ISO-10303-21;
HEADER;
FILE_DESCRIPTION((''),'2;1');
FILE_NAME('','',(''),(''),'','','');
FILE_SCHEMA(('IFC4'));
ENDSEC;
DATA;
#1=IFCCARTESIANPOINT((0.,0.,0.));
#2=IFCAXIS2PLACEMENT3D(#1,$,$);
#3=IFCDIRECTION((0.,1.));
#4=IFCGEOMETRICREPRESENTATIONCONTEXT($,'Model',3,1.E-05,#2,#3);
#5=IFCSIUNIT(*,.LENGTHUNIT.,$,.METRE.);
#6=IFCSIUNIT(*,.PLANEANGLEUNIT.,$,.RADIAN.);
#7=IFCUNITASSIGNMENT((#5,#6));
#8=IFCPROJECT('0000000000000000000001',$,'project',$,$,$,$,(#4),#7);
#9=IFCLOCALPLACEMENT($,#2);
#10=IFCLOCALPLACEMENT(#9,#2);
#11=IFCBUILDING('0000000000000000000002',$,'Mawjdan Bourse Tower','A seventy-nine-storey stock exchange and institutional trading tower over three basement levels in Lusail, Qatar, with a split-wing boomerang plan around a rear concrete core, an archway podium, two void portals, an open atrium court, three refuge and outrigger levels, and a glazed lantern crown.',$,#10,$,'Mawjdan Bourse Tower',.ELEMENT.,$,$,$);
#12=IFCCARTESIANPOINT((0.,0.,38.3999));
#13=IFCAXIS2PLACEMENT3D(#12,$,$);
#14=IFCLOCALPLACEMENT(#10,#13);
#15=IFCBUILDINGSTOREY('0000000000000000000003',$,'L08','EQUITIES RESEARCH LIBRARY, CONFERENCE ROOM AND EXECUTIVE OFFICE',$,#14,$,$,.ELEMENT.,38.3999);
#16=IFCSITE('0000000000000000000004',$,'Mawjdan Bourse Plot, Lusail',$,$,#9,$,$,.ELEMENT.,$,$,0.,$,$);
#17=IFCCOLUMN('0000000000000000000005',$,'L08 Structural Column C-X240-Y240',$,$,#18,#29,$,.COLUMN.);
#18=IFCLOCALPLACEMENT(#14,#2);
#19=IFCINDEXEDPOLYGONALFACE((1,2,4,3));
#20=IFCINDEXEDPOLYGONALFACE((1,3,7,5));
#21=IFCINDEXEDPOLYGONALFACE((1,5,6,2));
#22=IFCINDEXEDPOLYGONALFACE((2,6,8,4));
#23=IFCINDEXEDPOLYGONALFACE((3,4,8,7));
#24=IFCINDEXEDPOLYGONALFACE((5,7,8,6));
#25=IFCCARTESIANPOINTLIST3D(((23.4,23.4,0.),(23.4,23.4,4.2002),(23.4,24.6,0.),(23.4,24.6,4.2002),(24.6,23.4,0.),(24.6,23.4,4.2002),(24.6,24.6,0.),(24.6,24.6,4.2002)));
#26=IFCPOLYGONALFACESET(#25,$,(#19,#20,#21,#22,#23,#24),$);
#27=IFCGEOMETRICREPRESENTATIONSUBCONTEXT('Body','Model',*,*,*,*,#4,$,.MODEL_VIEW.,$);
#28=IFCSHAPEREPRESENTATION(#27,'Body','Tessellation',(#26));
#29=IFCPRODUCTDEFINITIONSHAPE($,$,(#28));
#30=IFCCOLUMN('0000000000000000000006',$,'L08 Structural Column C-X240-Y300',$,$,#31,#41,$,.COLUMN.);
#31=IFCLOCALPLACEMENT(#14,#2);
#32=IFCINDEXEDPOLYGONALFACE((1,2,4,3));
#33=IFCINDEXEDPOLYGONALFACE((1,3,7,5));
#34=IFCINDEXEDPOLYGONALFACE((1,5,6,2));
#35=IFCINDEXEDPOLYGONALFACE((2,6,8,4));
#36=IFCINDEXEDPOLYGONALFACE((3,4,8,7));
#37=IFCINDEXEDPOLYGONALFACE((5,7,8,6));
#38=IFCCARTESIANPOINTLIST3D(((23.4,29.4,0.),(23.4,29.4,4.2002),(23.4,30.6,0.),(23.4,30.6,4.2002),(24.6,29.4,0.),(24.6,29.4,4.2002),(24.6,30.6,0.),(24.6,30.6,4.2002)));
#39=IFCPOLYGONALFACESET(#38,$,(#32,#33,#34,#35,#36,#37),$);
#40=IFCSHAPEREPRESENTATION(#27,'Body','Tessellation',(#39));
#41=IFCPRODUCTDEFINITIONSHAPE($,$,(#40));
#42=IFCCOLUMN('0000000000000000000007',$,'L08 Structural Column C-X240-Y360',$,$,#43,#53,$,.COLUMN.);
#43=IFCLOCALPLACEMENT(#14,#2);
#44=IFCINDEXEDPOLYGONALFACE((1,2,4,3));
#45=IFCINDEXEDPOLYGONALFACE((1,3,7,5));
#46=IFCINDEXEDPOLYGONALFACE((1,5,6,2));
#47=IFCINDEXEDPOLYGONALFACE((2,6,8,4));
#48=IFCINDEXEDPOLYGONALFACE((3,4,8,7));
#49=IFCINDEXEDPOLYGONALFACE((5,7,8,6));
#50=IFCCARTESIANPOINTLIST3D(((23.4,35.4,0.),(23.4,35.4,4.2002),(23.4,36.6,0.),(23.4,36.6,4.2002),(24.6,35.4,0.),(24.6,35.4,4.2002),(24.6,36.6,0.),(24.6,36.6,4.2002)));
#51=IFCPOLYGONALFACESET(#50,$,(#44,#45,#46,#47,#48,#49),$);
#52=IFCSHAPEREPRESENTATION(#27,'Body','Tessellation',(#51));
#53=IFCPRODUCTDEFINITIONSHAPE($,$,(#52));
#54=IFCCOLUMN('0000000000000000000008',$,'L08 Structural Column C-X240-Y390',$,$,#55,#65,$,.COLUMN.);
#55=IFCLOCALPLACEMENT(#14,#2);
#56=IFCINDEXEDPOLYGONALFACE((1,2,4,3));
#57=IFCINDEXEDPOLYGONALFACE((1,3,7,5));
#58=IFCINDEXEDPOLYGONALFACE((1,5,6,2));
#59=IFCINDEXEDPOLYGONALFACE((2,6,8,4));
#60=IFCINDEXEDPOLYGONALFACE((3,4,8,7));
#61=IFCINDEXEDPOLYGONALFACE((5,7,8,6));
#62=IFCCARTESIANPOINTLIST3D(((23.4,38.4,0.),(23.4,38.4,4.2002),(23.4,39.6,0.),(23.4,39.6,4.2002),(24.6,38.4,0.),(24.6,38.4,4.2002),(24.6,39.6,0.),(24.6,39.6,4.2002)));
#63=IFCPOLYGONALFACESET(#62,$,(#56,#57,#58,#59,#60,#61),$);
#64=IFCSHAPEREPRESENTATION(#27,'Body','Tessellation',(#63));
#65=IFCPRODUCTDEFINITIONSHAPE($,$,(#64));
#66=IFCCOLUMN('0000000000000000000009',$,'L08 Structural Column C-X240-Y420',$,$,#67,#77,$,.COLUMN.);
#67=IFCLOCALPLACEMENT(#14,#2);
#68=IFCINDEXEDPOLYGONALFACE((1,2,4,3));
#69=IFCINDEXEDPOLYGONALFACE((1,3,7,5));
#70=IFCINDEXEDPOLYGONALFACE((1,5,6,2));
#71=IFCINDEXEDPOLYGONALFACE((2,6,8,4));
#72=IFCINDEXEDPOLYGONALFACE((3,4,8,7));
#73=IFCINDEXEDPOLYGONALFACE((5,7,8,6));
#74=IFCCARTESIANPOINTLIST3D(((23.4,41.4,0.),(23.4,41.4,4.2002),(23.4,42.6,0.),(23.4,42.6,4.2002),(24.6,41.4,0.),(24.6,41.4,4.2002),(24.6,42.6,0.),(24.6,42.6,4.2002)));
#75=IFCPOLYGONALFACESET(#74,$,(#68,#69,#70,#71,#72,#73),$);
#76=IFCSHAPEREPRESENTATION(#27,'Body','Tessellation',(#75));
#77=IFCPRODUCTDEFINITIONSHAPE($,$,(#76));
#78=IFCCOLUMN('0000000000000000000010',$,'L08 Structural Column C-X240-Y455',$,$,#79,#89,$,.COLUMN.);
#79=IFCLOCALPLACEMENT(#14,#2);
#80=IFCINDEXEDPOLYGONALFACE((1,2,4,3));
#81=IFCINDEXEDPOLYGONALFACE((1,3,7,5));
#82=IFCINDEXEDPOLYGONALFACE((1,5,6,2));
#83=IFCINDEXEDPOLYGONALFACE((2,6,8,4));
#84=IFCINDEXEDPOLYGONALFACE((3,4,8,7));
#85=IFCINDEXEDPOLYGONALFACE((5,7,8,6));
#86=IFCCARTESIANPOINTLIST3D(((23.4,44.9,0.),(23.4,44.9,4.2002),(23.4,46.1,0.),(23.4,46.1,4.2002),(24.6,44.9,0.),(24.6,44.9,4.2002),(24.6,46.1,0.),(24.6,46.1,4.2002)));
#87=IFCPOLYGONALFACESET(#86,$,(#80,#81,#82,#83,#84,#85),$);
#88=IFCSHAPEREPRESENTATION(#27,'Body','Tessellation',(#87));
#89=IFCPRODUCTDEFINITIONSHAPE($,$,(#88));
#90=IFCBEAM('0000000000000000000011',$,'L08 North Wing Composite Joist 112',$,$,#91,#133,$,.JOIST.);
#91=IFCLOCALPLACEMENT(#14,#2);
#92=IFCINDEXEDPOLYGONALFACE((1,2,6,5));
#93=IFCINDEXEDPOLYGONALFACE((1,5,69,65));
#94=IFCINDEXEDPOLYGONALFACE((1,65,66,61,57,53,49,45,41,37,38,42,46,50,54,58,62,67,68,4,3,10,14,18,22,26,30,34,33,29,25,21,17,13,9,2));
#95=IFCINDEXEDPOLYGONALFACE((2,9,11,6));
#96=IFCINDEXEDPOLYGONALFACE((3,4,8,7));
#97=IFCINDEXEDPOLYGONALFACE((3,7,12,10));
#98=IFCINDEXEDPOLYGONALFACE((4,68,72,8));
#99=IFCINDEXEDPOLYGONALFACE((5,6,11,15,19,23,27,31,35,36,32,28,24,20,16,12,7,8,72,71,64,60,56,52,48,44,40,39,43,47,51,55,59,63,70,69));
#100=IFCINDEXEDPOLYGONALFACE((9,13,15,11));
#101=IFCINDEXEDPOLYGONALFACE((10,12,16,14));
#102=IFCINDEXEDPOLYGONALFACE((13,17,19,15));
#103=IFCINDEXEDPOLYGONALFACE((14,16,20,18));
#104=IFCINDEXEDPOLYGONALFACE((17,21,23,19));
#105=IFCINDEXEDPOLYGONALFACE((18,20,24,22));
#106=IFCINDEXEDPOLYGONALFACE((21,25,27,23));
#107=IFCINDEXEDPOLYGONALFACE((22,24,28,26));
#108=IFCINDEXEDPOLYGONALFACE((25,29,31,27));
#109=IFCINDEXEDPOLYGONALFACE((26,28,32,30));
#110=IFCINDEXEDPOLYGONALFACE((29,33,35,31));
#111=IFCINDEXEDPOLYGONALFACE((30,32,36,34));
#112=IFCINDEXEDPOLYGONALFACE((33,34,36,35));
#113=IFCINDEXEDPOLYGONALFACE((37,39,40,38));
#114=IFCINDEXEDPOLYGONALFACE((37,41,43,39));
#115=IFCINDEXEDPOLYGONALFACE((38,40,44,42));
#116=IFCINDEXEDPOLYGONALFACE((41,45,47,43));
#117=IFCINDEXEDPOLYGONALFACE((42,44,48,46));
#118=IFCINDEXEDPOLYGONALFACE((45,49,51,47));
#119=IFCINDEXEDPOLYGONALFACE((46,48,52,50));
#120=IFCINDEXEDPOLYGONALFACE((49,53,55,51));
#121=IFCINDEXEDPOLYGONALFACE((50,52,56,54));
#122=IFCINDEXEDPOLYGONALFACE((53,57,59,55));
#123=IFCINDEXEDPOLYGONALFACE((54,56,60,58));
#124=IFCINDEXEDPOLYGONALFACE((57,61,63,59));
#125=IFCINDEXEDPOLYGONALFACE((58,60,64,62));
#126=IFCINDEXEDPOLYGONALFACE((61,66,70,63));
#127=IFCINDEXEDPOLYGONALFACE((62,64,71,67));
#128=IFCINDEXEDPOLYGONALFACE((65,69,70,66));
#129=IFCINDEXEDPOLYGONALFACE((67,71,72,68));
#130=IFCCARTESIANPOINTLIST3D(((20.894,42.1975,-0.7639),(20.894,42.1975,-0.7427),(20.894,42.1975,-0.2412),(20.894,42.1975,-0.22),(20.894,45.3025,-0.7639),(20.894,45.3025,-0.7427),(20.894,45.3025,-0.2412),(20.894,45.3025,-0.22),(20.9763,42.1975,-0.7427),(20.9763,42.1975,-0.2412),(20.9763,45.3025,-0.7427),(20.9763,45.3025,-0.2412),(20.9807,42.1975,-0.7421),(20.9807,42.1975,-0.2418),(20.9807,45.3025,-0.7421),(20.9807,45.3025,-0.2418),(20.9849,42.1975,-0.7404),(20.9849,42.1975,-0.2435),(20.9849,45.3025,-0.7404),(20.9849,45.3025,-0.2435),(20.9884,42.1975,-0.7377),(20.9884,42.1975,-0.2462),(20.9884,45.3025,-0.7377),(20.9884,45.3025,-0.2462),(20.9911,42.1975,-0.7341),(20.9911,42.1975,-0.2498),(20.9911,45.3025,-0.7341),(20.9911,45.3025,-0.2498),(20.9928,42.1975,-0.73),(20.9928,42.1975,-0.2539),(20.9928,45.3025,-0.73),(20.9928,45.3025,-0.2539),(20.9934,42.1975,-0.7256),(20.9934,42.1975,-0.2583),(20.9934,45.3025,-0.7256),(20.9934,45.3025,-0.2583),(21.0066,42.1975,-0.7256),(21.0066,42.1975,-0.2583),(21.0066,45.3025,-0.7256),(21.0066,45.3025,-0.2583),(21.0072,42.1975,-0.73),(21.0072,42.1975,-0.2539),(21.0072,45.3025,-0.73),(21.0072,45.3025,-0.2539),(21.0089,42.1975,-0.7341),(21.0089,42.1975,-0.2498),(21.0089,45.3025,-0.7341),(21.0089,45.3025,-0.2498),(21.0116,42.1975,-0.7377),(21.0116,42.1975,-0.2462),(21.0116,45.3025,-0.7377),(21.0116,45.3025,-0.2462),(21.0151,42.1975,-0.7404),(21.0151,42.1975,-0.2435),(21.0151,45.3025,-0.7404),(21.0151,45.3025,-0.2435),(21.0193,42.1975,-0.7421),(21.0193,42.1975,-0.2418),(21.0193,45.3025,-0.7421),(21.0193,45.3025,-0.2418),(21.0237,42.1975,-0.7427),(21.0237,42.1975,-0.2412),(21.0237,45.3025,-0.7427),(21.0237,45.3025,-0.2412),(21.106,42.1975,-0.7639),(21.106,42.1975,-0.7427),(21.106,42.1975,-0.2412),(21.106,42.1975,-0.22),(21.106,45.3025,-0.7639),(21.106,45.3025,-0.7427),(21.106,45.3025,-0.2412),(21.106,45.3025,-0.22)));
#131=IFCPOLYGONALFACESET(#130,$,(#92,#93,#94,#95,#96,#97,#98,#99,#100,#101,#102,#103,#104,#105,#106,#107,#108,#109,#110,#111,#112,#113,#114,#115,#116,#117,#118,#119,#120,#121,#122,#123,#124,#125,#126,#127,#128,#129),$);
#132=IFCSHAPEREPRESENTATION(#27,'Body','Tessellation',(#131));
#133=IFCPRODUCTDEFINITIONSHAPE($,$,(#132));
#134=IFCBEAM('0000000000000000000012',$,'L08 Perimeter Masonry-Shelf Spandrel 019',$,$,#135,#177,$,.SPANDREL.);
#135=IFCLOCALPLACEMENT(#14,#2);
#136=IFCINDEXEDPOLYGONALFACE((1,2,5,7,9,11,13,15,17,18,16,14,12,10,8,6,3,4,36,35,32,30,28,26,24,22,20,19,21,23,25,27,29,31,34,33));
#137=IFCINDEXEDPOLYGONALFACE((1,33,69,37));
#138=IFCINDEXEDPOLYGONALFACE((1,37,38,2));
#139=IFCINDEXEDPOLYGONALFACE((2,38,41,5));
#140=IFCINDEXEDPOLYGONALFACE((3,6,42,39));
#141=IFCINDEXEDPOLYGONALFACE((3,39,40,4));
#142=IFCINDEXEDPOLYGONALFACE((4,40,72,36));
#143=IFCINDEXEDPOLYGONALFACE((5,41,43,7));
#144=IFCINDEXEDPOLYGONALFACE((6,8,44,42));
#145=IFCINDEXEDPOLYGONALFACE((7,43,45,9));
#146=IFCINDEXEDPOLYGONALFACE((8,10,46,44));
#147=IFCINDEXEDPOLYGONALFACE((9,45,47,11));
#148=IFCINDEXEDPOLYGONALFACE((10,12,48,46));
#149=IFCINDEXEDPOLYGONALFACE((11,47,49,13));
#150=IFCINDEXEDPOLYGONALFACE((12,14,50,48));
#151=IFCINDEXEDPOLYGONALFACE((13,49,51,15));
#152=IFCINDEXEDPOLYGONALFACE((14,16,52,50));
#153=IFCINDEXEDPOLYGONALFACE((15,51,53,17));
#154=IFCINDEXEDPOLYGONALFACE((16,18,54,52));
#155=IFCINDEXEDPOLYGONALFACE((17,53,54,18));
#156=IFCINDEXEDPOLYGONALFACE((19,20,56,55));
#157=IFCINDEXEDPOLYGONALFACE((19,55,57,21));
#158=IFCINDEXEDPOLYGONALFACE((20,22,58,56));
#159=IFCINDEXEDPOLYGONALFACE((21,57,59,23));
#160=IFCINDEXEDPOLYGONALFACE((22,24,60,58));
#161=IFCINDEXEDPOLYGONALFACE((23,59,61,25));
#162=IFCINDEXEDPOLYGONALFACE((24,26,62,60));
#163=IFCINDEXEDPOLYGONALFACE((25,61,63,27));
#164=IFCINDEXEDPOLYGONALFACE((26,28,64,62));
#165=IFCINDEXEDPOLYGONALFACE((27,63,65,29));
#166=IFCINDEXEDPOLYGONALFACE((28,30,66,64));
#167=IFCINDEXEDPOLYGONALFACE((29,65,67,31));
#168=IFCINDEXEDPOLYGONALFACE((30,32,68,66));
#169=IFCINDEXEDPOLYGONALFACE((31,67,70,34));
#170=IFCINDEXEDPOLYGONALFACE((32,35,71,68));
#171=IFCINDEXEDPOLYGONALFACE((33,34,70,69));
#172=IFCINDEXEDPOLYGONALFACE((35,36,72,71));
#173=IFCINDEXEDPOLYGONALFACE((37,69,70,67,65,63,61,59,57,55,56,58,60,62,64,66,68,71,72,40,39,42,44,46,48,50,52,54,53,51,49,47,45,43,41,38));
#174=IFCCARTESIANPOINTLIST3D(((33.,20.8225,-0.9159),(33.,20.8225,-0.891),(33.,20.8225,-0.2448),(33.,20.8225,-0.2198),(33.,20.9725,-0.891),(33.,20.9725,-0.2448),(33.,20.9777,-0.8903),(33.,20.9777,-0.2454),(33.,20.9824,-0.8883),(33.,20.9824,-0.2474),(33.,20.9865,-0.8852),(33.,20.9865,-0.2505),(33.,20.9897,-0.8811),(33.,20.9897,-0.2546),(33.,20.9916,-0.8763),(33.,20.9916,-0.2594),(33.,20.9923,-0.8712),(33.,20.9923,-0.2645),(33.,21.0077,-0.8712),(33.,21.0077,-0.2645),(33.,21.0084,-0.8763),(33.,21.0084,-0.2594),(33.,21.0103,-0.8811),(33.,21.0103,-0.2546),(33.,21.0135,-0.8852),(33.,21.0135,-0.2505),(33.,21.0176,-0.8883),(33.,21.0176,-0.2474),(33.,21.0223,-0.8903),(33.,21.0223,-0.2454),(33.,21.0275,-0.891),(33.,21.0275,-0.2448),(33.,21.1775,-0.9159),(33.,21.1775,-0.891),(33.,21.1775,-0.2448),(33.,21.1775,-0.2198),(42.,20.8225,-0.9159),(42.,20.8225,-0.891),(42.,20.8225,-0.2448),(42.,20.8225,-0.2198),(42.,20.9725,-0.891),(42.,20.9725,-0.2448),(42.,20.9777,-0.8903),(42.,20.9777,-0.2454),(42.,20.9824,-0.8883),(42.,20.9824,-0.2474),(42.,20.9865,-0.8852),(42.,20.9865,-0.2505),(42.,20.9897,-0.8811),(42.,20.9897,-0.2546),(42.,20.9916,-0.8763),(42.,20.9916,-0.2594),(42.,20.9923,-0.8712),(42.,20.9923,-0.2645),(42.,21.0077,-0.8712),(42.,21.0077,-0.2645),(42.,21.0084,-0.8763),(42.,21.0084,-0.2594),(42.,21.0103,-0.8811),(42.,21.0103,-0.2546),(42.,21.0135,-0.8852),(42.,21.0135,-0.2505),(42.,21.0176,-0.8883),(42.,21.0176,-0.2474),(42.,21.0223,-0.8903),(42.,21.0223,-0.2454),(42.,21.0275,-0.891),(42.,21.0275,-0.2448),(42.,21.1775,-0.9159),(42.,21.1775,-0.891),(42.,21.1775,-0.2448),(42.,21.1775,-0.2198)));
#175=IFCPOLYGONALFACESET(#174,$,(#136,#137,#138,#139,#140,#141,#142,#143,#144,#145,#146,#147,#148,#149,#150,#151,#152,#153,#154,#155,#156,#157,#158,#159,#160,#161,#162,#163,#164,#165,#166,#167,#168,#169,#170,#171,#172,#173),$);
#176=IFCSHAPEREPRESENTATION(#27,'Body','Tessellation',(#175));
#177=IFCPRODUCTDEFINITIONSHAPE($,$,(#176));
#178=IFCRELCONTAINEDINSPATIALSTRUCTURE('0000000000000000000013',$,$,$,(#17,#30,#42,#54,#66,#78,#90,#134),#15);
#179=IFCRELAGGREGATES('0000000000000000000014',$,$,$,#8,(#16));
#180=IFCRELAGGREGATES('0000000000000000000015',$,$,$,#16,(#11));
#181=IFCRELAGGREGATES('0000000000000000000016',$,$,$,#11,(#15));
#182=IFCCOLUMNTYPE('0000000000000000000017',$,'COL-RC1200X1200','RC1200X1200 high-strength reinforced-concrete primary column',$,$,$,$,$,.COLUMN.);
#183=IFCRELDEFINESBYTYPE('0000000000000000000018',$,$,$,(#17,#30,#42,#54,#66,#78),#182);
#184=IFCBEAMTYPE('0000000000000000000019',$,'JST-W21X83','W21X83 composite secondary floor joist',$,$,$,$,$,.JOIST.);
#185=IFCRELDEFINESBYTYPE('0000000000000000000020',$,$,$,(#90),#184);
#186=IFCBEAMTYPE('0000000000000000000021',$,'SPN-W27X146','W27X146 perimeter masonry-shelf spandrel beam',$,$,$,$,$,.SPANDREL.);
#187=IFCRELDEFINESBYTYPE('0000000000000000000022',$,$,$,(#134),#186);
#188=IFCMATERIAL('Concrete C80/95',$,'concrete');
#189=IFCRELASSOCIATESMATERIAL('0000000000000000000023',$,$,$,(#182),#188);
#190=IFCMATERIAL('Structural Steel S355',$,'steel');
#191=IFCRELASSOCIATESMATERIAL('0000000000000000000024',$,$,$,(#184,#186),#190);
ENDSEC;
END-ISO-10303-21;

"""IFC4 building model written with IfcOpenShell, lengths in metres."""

from ifc_helpers import new_model, si_unit, direction, frame, origin, origin_2d, place, context, subcontext, project, spatial, rectangle, i_section, extrude, material, material_profile, profile_set, type_object, element, save


model = new_model("IFC4")

# Units and contexts
model_context = context("Model", 3, precision=1e-05, world=origin(), true_north=direction((0.0, 1.0)))
body_context = subcontext(model_context, "Body", "Model", "MODEL_VIEW")
ifc_project = project(units=[si_unit("LENGTHUNIT", "METRE"), si_unit("PLANEANGLEUNIT", "RADIAN")], contexts=[model_context])

# Site, building, storey
site_placement = place(None, origin())
site = spatial("IfcSite", under=ifc_project, at=site_placement, Name="Mawjdan Bourse Plot, Lusail", CompositionType="ELEMENT", RefElevation=0.0)
building_placement = place(site_placement, origin())
building = spatial("IfcBuilding", under=site, at=building_placement, Name="Mawjdan Bourse Tower", Description="A seventy-nine-storey stock exchange and institutional trading tower over three basement levels in Lusail, Qatar, with a split-wing boomerang plan around a rear concrete core, an archway podium, two void portals, an open atrium court, three refuge and outrigger levels, and a glazed lantern crown.", LongName="Mawjdan Bourse Tower", CompositionType="ELEMENT")
storey_placement = place(building_placement, frame((0.0, 0.0, 38.3999)))
storey = spatial("IfcBuildingStorey", under=building, at=storey_placement, Name="L08", Description="EQUITIES RESEARCH LIBRARY, CONFERENCE ROOM AND EXECUTIVE OFFICE", CompositionType="ELEMENT", Elevation=38.3999)

# Columns
ifc_material_1 = material(Name="Concrete C80/95", Category="concrete")
ifc_material_profile_1 = material_profile(ifc_material_1, rectangle(XDim=1.2, YDim=1.2, at=origin_2d()), Name="RC1200X1200")
ifc_profile_set_1 = profile_set([ifc_material_profile_1], Name="Concrete C80/95")
column_type = type_object("IfcColumnType", Name="COL-RC1200X1200", Description="RC1200X1200 high-strength reinforced-concrete primary column", PredefinedType="COLUMN", material=ifc_profile_set_1)
for number, where, z_axis, x_axis, name in (
    (1, (24.0, 24.0, 0.0), (0.0, 0.0, 1.0), (1.0, 0.0, 0.0), "L08 Structural Column C-X240-Y240"),
    (2, (24.0, 30.0, 0.0), (0.0, 0.0, 1.0), (1.0, 0.0, 0.0), "L08 Structural Column C-X240-Y300"),
    (3, (24.0, 36.0, 0.0), (0.0, 0.0, 1.0), (1.0, 0.0, 0.0), "L08 Structural Column C-X240-Y360"),
    (4, (24.0, 39.0, 0.0), (0.0, 0.0, 1.0), (1.0, 0.0, 0.0), "L08 Structural Column C-X240-Y390"),
    (5, (24.0, 42.0, 0.0), (0.0, 0.0, 1.0), (1.0, 0.0, 0.0), "L08 Structural Column C-X240-Y420"),
    (6, (24.0, 45.5, 0.0), (0.0, 0.0, 1.0), (1.0, 0.0, 0.0), "L08 Structural Column C-X240-Y455"),
):
    element("IfcColumn", number, at=place(storey_placement, frame(where, z_axis=z_axis, x_axis=x_axis)), inside=storey, type_object=column_type, Name=name, PredefinedType="COLUMN", context=body_context, shape_type="SweptSolid", body=[
        extrude(rectangle(XDim=1.2, YDim=1.2, at=origin_2d()), origin(), (0.0, 0.0, 1.0), 4.2002),
    ])

# Beams
ifc_material_2 = material(Name="Structural Steel S355", Category="steel")
ifc_material_profile_2 = material_profile(ifc_material_2, i_section(OverallWidth=0.2119, OverallDepth=0.5439, WebThickness=0.0132, FlangeThickness=0.0212, FilletRadius=0.0171, at=origin_2d()), Name="W21X83")
ifc_profile_set_2 = profile_set([ifc_material_profile_2], Name="Structural Steel S355")
beam_type_1 = type_object("IfcBeamType", Name="JST-W21X83", Description="W21X83 composite secondary floor joist", PredefinedType="JOIST", material=ifc_profile_set_2)
beam_1_placement = place(storey_placement, frame((21.0, 42.1975, -0.4919), z_axis=(0.0, 1.0, 0.0), x_axis=(-1.0, 0.0, 0.0)))
element("IfcBeam", 7, at=beam_1_placement, inside=storey, type_object=beam_type_1, Name="L08 North Wing Composite Joist 112", PredefinedType="JOIST", context=body_context, shape_type="SweptSolid", body=[
    extrude(i_section(OverallWidth=0.2119, OverallDepth=0.5439, WebThickness=0.0132, FlangeThickness=0.0212, FilletRadius=0.0171, at=origin_2d()), origin(), (0.0, 0.0, 1.0), 3.105),
])
ifc_material_profile_3 = material_profile(ifc_material_2, i_section(OverallWidth=0.355, OverallDepth=0.696, WebThickness=0.0154, FlangeThickness=0.0249, FilletRadius=0.0198, at=origin_2d()), Name="W27X146")
ifc_profile_set_3 = profile_set([ifc_material_profile_3], Name="Structural Steel S355")
beam_type_2 = type_object("IfcBeamType", Name="SPN-W27X146", Description="W27X146 perimeter masonry-shelf spandrel beam", PredefinedType="SPANDREL", material=ifc_profile_set_3)
beam_2_placement = place(storey_placement, frame((33.0, 21.0, -0.5679), z_axis=(1.0, 0.0, 0.0), x_axis=(0.0, 1.0, 0.0)))
element("IfcBeam", 8, at=beam_2_placement, inside=storey, type_object=beam_type_2, Name="L08 Perimeter Masonry-Shelf Spandrel 019", PredefinedType="SPANDREL", context=body_context, shape_type="SweptSolid", body=[
    extrude(i_section(OverallWidth=0.355, OverallDepth=0.696, WebThickness=0.0154, FlangeThickness=0.0249, FilletRadius=0.0198, at=origin_2d()), origin(), (0.0, 0.0, 1.0), 9.0),
])

save(model, "model.ifc")
